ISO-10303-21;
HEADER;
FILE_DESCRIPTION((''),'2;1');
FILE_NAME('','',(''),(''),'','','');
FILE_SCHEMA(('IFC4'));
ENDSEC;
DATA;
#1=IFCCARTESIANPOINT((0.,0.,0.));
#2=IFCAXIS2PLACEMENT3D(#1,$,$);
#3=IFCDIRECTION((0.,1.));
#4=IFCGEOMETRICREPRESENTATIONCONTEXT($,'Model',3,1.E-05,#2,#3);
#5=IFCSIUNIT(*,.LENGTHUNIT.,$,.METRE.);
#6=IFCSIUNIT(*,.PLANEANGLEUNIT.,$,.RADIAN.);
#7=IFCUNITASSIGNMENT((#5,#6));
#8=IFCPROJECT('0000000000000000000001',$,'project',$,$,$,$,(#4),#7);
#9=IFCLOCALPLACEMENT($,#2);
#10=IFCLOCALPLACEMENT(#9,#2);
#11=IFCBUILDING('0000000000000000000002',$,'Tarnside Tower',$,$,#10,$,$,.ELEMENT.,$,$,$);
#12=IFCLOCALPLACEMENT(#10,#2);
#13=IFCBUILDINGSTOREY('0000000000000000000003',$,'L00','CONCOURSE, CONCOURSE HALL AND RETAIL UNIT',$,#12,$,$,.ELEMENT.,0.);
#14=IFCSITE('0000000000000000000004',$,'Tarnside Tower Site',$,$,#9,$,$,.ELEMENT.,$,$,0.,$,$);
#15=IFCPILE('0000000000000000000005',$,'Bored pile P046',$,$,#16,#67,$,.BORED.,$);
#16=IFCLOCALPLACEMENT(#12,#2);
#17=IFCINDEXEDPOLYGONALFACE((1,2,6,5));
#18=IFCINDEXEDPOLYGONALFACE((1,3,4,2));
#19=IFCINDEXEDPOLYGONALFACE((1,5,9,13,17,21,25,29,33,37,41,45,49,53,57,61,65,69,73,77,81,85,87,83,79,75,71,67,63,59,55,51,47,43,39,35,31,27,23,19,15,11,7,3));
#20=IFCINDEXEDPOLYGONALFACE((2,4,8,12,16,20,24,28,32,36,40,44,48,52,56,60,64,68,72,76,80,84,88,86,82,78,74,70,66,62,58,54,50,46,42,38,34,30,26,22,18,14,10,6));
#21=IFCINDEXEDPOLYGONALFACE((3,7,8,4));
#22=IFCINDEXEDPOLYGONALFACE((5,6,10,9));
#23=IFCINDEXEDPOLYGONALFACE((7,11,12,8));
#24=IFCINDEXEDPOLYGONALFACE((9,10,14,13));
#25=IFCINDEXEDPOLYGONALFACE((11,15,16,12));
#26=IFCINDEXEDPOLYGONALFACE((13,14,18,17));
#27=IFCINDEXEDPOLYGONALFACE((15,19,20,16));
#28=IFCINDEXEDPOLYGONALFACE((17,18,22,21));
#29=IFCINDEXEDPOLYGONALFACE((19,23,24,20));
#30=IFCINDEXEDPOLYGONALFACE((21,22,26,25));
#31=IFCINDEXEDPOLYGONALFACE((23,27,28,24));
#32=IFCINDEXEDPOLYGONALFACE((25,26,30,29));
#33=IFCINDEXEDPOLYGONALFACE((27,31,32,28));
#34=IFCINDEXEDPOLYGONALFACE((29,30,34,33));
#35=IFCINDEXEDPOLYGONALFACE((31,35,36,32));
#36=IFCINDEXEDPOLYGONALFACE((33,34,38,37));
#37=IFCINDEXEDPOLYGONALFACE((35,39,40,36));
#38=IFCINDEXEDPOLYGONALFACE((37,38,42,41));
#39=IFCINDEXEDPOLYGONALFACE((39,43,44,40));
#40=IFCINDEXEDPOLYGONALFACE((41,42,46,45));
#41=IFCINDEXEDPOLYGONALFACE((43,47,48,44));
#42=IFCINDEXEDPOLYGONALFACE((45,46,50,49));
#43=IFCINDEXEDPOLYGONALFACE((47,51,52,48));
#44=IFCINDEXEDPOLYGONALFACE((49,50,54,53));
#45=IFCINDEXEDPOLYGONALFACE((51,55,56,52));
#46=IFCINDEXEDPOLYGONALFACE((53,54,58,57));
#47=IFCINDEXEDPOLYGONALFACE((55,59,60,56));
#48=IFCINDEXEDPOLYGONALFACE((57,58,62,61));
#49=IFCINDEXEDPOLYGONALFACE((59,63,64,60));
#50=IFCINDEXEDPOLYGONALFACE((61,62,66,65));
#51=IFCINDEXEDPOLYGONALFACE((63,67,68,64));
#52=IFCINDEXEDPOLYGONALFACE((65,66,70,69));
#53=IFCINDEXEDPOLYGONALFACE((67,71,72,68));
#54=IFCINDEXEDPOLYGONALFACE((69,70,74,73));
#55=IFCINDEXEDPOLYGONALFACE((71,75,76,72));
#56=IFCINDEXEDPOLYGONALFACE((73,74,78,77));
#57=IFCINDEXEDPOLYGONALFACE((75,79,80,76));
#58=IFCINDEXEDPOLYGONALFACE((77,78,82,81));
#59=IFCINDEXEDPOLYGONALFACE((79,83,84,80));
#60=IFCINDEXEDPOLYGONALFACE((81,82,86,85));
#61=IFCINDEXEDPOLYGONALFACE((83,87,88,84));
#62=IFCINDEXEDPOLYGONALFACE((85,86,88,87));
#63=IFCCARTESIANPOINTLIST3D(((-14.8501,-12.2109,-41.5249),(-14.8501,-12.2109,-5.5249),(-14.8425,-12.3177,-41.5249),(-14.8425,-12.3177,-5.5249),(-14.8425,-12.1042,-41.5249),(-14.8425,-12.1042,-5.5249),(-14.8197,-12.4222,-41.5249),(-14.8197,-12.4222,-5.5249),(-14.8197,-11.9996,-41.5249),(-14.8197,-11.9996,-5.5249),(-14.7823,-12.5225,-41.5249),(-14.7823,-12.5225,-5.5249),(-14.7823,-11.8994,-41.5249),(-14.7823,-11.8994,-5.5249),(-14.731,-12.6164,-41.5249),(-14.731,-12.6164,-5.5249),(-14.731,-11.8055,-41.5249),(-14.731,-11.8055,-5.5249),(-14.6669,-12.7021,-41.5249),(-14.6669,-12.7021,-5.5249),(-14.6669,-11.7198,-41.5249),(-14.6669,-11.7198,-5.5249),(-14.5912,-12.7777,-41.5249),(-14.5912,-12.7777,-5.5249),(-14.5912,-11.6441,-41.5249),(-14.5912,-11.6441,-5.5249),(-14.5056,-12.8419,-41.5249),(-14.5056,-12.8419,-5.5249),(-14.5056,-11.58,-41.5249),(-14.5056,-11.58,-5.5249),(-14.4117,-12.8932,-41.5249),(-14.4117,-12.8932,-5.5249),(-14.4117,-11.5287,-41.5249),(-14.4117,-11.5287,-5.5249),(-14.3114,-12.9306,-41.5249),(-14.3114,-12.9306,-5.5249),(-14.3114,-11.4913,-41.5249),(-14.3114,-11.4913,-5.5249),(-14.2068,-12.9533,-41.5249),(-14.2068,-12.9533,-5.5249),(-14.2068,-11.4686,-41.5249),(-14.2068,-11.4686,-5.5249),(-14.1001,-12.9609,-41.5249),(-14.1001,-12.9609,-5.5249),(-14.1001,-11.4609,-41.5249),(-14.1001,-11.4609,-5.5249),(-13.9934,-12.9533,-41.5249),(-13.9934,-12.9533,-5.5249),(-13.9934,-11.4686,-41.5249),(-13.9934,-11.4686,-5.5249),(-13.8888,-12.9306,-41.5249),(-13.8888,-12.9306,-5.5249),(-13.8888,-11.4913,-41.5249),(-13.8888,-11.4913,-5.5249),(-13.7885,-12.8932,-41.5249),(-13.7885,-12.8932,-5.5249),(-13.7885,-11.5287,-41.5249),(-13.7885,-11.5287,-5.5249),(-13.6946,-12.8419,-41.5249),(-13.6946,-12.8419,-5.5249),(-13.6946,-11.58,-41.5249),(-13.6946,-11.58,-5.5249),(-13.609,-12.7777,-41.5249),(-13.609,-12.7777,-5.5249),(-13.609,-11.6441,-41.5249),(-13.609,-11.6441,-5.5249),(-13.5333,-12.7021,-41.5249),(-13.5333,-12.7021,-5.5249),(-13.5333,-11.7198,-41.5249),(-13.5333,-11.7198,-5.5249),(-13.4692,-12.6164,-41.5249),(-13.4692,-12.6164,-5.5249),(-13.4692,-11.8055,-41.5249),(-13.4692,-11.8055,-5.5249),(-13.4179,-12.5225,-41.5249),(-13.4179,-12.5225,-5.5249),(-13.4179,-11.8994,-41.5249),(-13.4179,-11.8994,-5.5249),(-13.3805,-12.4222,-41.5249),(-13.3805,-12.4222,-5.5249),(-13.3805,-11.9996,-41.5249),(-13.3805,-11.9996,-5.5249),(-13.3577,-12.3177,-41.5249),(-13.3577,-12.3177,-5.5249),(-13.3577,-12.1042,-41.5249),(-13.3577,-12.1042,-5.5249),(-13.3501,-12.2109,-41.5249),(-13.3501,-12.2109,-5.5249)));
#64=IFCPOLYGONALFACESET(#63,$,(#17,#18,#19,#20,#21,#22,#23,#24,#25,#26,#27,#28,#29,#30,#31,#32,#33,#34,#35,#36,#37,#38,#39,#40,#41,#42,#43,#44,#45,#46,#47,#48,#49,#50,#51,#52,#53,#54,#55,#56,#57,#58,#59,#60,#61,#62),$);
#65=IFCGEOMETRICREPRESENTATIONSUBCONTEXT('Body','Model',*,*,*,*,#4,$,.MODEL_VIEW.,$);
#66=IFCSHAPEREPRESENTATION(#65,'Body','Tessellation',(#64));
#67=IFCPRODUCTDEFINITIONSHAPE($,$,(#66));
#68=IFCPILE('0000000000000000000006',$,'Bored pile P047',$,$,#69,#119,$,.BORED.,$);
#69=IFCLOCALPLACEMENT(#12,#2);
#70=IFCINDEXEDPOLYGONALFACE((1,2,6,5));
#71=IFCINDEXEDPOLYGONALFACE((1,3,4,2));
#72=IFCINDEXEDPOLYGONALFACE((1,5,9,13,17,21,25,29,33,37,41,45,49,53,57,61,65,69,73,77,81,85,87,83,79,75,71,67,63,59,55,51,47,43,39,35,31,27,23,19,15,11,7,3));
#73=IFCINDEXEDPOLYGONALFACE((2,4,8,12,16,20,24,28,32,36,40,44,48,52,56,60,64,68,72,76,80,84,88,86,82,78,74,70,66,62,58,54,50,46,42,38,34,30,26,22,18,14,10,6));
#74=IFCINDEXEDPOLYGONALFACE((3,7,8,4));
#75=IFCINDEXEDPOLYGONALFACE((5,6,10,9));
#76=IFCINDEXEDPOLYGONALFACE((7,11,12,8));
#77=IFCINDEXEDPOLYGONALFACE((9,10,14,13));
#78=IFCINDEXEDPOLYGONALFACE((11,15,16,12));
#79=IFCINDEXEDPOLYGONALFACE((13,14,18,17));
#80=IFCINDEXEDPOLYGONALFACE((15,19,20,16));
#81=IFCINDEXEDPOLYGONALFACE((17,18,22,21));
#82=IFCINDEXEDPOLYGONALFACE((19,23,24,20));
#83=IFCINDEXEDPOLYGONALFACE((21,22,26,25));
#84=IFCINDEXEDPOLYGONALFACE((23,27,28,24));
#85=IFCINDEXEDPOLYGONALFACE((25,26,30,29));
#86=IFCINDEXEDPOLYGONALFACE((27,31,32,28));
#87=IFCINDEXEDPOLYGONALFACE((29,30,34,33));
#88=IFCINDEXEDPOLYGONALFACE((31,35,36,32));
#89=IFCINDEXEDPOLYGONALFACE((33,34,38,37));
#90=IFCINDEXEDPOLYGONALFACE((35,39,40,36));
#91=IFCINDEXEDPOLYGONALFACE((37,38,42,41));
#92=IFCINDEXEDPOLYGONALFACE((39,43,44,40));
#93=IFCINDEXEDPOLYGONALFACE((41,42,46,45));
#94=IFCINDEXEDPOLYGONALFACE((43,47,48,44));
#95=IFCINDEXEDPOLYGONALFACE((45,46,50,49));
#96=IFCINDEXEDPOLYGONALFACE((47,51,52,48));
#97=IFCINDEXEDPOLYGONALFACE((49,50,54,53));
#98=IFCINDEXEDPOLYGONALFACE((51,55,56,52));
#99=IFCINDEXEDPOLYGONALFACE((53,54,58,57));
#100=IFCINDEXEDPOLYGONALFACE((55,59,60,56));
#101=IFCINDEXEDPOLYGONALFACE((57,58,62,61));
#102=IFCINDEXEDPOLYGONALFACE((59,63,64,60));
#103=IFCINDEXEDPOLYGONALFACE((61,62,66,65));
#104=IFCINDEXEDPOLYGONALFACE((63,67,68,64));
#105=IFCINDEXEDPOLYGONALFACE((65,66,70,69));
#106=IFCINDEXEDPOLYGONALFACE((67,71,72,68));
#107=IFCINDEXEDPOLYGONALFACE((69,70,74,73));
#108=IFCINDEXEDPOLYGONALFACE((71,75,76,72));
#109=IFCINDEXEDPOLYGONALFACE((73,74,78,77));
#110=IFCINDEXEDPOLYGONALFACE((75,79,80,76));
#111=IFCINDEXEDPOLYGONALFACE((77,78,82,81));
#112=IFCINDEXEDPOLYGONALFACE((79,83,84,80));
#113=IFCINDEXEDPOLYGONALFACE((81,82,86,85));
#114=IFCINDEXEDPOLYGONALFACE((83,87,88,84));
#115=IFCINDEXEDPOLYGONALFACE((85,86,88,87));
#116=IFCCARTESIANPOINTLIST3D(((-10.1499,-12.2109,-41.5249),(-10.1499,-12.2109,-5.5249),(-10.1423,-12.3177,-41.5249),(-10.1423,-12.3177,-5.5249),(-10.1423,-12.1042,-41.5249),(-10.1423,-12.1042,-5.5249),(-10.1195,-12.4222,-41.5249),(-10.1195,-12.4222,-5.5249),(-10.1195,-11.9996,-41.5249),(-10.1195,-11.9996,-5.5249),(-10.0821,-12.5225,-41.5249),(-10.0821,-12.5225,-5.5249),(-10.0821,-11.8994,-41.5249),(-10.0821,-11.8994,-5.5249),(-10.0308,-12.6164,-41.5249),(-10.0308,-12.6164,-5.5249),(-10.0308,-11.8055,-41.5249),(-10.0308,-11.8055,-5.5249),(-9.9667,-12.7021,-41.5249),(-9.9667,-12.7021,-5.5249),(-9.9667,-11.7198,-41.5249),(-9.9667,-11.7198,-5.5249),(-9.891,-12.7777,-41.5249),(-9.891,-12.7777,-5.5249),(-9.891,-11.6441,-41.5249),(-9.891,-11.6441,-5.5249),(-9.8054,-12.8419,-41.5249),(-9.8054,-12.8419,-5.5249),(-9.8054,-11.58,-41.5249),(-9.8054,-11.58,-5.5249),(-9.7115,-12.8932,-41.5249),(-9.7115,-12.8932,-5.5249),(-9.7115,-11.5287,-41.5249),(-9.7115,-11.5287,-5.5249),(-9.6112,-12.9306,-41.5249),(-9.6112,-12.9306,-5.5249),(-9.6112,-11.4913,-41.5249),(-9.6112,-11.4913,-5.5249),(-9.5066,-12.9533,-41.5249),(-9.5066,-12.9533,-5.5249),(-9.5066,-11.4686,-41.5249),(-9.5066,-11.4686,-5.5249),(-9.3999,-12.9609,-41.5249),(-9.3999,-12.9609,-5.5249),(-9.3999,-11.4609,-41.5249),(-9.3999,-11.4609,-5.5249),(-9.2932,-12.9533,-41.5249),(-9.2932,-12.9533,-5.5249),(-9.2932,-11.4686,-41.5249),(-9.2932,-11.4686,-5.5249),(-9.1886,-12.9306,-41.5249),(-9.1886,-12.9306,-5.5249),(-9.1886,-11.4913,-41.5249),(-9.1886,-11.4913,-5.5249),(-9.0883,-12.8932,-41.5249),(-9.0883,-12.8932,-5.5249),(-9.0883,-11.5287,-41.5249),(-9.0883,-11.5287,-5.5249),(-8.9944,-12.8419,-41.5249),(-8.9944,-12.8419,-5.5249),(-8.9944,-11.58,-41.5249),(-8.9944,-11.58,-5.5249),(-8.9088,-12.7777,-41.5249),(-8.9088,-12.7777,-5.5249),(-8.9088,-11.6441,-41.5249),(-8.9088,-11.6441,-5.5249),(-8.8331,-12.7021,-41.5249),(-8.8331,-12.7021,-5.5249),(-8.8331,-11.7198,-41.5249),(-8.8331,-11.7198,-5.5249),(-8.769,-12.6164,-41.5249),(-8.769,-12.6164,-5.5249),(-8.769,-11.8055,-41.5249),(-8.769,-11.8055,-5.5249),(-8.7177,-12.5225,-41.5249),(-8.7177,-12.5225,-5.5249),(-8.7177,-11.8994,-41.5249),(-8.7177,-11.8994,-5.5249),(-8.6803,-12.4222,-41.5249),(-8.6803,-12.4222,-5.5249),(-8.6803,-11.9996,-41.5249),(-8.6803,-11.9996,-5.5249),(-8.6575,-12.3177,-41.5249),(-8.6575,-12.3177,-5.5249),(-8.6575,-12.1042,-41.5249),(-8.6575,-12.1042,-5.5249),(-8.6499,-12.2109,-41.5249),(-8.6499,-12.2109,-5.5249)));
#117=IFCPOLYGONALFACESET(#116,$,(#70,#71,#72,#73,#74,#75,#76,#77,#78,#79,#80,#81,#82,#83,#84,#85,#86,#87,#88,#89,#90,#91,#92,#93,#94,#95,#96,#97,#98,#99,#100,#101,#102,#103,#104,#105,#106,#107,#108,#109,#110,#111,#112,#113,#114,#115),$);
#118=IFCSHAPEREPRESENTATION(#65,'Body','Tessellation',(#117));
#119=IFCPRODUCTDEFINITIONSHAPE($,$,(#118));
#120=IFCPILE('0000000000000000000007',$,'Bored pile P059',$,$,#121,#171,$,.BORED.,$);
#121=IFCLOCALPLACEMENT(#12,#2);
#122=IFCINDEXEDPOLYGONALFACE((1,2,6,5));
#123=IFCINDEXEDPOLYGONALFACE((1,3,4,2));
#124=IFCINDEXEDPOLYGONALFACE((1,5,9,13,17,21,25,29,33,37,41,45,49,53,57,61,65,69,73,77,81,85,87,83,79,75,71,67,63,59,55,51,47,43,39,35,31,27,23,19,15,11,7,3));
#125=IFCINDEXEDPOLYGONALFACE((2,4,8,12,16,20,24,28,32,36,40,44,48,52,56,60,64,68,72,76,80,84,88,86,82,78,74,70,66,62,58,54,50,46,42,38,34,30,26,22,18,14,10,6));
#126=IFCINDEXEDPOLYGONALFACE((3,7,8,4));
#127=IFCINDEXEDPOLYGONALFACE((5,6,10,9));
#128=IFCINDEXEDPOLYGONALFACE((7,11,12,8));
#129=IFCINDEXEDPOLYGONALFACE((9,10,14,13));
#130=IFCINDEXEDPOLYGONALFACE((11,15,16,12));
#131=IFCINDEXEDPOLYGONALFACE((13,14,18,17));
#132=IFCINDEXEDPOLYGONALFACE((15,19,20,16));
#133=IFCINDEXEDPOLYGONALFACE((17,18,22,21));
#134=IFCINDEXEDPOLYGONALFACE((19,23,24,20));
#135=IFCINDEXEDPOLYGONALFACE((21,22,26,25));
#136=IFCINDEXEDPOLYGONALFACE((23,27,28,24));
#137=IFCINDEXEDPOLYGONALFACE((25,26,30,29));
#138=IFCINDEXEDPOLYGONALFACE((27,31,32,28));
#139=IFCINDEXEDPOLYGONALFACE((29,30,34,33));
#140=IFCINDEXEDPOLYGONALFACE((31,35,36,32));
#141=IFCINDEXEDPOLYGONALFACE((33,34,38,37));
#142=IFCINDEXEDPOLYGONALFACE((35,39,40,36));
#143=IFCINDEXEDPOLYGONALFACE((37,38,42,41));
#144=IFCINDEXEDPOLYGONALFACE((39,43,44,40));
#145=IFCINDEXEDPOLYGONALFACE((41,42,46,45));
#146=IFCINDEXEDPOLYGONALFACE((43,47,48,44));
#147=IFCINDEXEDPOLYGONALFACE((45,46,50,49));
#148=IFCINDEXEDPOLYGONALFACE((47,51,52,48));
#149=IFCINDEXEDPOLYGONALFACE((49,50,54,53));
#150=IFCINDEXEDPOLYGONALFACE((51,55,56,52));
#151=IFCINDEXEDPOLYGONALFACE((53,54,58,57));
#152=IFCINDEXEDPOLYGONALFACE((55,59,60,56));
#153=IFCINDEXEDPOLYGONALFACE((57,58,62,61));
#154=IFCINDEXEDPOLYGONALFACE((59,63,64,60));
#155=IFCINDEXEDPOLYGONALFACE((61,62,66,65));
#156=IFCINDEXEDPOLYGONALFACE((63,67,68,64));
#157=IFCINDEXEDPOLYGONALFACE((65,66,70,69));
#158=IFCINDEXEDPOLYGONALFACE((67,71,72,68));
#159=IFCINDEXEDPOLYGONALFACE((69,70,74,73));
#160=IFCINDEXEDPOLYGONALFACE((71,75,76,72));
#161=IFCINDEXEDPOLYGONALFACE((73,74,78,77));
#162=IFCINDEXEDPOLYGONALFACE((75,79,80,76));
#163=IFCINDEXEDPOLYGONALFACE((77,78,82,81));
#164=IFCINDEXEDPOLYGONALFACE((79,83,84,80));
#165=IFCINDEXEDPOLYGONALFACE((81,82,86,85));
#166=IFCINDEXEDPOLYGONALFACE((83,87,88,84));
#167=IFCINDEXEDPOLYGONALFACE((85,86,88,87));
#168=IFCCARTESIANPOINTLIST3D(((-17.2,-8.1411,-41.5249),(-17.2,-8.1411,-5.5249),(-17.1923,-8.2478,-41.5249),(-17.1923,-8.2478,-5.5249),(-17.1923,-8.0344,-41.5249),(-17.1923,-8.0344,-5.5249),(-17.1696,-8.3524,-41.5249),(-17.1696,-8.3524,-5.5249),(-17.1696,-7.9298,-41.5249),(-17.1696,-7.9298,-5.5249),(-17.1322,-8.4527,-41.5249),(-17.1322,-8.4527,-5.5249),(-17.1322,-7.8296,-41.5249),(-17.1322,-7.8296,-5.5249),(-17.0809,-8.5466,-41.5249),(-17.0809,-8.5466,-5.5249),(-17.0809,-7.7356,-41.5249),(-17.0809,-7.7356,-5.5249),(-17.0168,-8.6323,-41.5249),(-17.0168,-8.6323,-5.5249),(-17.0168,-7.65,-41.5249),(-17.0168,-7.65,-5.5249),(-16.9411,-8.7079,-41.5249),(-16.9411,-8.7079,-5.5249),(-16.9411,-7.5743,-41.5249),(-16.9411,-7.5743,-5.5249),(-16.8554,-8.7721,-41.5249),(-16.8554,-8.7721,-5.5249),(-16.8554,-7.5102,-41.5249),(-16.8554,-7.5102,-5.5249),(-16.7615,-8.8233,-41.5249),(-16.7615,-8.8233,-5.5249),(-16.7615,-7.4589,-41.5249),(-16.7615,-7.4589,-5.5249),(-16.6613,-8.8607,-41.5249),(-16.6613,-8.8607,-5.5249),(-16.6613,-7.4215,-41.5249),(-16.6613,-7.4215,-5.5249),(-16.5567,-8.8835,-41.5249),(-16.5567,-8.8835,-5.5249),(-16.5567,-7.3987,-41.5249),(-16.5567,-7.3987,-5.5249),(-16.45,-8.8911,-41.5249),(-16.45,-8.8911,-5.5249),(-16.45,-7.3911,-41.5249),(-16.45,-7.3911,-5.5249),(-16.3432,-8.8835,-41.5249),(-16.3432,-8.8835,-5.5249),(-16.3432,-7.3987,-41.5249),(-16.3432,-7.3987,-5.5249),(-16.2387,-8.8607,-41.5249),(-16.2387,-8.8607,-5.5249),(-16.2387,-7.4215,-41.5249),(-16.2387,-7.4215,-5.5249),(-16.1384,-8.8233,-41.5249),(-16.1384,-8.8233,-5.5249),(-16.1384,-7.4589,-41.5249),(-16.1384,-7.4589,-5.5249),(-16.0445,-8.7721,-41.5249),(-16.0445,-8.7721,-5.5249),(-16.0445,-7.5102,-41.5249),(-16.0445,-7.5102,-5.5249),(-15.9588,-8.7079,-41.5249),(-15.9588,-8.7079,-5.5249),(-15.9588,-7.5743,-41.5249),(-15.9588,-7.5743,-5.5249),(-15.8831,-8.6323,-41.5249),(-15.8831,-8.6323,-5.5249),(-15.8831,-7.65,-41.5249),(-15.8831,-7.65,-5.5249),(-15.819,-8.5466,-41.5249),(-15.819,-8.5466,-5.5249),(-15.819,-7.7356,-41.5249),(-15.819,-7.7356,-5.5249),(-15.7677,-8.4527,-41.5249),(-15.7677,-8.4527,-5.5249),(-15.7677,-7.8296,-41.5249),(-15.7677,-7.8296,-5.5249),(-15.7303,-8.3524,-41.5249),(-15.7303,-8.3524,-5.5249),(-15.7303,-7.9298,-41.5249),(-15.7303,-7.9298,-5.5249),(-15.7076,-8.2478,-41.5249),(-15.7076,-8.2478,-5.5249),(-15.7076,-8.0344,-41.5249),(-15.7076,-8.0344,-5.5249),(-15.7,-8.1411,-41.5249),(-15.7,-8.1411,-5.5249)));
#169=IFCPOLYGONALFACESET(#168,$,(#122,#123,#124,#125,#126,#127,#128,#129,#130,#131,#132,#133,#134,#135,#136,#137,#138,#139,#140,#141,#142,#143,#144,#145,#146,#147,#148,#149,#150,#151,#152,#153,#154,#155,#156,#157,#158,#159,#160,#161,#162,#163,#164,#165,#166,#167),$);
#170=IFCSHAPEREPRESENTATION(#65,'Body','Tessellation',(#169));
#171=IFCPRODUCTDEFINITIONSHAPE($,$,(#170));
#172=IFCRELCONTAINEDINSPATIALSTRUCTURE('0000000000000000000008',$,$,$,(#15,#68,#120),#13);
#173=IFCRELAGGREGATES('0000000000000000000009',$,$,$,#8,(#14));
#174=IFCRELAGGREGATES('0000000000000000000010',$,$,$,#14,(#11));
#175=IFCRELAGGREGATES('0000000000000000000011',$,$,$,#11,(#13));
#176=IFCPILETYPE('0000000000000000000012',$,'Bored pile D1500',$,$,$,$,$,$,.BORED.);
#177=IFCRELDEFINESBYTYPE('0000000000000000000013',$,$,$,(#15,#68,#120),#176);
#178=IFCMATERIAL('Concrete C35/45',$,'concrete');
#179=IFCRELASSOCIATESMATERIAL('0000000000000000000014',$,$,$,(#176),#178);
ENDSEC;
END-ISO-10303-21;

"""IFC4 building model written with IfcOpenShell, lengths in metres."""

from ifc_helpers import new_model, si_unit, direction, frame, origin, origin_2d, place, context, subcontext, project, spatial, circle, extrude, material, material_profile, profile_set, type_object, element, save


model = new_model("IFC4")

# Units and contexts
model_context = context("Model", 3, precision=1e-05, world=origin(), true_north=direction((0.0, 1.0)))
body_context = subcontext(model_context, "Body", "Model", "MODEL_VIEW")
ifc_project = project(units=[si_unit("LENGTHUNIT", "METRE"), si_unit("PLANEANGLEUNIT", "RADIAN")], contexts=[model_context])

# Site, building, storey
site_placement = place(None, origin())
site = spatial("IfcSite", under=ifc_project, at=site_placement, Name="Tarnside Tower Site", CompositionType="ELEMENT", RefElevation=0.0)
building_placement = place(site_placement, origin())
building = spatial("IfcBuilding", under=site, at=building_placement, Name="Tarnside Tower", CompositionType="ELEMENT")
storey_placement = place(building_placement, origin())
storey = spatial("IfcBuildingStorey", under=building, at=storey_placement, Name="L00", Description="CONCOURSE, CONCOURSE HALL AND RETAIL UNIT", CompositionType="ELEMENT", Elevation=0.0)

# Piles
ifc_material_1 = material(Name="Concrete C35/45", Category="concrete")
ifc_material_profile_1 = material_profile(ifc_material_1, circle(Radius=0.75, at=origin_2d()), Name="Bored pile D1500")
ifc_profile_set_1 = profile_set([ifc_material_profile_1], Name="Concrete C35/45")
pile_type = type_object("IfcPileType", Name="Bored pile D1500", PredefinedType="BORED", material=ifc_profile_set_1)
for number, where, z_axis, x_axis, name in (
    (1, (-14.1001, -12.2109, -5.5249), (0.0, 0.0, -1.0), (1.0, 0.0, 0.0), "Bored pile P046"),
    (2, (-9.3999, -12.2109, -5.5249), (0.0, 0.0, -1.0), (1.0, 0.0, 0.0), "Bored pile P047"),
    (3, (-16.45, -8.1411, -5.5249), (0.0, 0.0, -1.0), (1.0, 0.0, 0.0), "Bored pile P059"),
):
    element("IfcPile", number, at=place(storey_placement, frame(where, z_axis=z_axis, x_axis=x_axis)), inside=storey, type_object=pile_type, Name=name, PredefinedType="BORED", context=body_context, shape_type="SweptSolid", body=[
        extrude(circle(Radius=0.75, at=origin_2d()), origin(), (0.0, 0.0, 1.0), 36.0),
    ])

save(model, "model.ifc")
